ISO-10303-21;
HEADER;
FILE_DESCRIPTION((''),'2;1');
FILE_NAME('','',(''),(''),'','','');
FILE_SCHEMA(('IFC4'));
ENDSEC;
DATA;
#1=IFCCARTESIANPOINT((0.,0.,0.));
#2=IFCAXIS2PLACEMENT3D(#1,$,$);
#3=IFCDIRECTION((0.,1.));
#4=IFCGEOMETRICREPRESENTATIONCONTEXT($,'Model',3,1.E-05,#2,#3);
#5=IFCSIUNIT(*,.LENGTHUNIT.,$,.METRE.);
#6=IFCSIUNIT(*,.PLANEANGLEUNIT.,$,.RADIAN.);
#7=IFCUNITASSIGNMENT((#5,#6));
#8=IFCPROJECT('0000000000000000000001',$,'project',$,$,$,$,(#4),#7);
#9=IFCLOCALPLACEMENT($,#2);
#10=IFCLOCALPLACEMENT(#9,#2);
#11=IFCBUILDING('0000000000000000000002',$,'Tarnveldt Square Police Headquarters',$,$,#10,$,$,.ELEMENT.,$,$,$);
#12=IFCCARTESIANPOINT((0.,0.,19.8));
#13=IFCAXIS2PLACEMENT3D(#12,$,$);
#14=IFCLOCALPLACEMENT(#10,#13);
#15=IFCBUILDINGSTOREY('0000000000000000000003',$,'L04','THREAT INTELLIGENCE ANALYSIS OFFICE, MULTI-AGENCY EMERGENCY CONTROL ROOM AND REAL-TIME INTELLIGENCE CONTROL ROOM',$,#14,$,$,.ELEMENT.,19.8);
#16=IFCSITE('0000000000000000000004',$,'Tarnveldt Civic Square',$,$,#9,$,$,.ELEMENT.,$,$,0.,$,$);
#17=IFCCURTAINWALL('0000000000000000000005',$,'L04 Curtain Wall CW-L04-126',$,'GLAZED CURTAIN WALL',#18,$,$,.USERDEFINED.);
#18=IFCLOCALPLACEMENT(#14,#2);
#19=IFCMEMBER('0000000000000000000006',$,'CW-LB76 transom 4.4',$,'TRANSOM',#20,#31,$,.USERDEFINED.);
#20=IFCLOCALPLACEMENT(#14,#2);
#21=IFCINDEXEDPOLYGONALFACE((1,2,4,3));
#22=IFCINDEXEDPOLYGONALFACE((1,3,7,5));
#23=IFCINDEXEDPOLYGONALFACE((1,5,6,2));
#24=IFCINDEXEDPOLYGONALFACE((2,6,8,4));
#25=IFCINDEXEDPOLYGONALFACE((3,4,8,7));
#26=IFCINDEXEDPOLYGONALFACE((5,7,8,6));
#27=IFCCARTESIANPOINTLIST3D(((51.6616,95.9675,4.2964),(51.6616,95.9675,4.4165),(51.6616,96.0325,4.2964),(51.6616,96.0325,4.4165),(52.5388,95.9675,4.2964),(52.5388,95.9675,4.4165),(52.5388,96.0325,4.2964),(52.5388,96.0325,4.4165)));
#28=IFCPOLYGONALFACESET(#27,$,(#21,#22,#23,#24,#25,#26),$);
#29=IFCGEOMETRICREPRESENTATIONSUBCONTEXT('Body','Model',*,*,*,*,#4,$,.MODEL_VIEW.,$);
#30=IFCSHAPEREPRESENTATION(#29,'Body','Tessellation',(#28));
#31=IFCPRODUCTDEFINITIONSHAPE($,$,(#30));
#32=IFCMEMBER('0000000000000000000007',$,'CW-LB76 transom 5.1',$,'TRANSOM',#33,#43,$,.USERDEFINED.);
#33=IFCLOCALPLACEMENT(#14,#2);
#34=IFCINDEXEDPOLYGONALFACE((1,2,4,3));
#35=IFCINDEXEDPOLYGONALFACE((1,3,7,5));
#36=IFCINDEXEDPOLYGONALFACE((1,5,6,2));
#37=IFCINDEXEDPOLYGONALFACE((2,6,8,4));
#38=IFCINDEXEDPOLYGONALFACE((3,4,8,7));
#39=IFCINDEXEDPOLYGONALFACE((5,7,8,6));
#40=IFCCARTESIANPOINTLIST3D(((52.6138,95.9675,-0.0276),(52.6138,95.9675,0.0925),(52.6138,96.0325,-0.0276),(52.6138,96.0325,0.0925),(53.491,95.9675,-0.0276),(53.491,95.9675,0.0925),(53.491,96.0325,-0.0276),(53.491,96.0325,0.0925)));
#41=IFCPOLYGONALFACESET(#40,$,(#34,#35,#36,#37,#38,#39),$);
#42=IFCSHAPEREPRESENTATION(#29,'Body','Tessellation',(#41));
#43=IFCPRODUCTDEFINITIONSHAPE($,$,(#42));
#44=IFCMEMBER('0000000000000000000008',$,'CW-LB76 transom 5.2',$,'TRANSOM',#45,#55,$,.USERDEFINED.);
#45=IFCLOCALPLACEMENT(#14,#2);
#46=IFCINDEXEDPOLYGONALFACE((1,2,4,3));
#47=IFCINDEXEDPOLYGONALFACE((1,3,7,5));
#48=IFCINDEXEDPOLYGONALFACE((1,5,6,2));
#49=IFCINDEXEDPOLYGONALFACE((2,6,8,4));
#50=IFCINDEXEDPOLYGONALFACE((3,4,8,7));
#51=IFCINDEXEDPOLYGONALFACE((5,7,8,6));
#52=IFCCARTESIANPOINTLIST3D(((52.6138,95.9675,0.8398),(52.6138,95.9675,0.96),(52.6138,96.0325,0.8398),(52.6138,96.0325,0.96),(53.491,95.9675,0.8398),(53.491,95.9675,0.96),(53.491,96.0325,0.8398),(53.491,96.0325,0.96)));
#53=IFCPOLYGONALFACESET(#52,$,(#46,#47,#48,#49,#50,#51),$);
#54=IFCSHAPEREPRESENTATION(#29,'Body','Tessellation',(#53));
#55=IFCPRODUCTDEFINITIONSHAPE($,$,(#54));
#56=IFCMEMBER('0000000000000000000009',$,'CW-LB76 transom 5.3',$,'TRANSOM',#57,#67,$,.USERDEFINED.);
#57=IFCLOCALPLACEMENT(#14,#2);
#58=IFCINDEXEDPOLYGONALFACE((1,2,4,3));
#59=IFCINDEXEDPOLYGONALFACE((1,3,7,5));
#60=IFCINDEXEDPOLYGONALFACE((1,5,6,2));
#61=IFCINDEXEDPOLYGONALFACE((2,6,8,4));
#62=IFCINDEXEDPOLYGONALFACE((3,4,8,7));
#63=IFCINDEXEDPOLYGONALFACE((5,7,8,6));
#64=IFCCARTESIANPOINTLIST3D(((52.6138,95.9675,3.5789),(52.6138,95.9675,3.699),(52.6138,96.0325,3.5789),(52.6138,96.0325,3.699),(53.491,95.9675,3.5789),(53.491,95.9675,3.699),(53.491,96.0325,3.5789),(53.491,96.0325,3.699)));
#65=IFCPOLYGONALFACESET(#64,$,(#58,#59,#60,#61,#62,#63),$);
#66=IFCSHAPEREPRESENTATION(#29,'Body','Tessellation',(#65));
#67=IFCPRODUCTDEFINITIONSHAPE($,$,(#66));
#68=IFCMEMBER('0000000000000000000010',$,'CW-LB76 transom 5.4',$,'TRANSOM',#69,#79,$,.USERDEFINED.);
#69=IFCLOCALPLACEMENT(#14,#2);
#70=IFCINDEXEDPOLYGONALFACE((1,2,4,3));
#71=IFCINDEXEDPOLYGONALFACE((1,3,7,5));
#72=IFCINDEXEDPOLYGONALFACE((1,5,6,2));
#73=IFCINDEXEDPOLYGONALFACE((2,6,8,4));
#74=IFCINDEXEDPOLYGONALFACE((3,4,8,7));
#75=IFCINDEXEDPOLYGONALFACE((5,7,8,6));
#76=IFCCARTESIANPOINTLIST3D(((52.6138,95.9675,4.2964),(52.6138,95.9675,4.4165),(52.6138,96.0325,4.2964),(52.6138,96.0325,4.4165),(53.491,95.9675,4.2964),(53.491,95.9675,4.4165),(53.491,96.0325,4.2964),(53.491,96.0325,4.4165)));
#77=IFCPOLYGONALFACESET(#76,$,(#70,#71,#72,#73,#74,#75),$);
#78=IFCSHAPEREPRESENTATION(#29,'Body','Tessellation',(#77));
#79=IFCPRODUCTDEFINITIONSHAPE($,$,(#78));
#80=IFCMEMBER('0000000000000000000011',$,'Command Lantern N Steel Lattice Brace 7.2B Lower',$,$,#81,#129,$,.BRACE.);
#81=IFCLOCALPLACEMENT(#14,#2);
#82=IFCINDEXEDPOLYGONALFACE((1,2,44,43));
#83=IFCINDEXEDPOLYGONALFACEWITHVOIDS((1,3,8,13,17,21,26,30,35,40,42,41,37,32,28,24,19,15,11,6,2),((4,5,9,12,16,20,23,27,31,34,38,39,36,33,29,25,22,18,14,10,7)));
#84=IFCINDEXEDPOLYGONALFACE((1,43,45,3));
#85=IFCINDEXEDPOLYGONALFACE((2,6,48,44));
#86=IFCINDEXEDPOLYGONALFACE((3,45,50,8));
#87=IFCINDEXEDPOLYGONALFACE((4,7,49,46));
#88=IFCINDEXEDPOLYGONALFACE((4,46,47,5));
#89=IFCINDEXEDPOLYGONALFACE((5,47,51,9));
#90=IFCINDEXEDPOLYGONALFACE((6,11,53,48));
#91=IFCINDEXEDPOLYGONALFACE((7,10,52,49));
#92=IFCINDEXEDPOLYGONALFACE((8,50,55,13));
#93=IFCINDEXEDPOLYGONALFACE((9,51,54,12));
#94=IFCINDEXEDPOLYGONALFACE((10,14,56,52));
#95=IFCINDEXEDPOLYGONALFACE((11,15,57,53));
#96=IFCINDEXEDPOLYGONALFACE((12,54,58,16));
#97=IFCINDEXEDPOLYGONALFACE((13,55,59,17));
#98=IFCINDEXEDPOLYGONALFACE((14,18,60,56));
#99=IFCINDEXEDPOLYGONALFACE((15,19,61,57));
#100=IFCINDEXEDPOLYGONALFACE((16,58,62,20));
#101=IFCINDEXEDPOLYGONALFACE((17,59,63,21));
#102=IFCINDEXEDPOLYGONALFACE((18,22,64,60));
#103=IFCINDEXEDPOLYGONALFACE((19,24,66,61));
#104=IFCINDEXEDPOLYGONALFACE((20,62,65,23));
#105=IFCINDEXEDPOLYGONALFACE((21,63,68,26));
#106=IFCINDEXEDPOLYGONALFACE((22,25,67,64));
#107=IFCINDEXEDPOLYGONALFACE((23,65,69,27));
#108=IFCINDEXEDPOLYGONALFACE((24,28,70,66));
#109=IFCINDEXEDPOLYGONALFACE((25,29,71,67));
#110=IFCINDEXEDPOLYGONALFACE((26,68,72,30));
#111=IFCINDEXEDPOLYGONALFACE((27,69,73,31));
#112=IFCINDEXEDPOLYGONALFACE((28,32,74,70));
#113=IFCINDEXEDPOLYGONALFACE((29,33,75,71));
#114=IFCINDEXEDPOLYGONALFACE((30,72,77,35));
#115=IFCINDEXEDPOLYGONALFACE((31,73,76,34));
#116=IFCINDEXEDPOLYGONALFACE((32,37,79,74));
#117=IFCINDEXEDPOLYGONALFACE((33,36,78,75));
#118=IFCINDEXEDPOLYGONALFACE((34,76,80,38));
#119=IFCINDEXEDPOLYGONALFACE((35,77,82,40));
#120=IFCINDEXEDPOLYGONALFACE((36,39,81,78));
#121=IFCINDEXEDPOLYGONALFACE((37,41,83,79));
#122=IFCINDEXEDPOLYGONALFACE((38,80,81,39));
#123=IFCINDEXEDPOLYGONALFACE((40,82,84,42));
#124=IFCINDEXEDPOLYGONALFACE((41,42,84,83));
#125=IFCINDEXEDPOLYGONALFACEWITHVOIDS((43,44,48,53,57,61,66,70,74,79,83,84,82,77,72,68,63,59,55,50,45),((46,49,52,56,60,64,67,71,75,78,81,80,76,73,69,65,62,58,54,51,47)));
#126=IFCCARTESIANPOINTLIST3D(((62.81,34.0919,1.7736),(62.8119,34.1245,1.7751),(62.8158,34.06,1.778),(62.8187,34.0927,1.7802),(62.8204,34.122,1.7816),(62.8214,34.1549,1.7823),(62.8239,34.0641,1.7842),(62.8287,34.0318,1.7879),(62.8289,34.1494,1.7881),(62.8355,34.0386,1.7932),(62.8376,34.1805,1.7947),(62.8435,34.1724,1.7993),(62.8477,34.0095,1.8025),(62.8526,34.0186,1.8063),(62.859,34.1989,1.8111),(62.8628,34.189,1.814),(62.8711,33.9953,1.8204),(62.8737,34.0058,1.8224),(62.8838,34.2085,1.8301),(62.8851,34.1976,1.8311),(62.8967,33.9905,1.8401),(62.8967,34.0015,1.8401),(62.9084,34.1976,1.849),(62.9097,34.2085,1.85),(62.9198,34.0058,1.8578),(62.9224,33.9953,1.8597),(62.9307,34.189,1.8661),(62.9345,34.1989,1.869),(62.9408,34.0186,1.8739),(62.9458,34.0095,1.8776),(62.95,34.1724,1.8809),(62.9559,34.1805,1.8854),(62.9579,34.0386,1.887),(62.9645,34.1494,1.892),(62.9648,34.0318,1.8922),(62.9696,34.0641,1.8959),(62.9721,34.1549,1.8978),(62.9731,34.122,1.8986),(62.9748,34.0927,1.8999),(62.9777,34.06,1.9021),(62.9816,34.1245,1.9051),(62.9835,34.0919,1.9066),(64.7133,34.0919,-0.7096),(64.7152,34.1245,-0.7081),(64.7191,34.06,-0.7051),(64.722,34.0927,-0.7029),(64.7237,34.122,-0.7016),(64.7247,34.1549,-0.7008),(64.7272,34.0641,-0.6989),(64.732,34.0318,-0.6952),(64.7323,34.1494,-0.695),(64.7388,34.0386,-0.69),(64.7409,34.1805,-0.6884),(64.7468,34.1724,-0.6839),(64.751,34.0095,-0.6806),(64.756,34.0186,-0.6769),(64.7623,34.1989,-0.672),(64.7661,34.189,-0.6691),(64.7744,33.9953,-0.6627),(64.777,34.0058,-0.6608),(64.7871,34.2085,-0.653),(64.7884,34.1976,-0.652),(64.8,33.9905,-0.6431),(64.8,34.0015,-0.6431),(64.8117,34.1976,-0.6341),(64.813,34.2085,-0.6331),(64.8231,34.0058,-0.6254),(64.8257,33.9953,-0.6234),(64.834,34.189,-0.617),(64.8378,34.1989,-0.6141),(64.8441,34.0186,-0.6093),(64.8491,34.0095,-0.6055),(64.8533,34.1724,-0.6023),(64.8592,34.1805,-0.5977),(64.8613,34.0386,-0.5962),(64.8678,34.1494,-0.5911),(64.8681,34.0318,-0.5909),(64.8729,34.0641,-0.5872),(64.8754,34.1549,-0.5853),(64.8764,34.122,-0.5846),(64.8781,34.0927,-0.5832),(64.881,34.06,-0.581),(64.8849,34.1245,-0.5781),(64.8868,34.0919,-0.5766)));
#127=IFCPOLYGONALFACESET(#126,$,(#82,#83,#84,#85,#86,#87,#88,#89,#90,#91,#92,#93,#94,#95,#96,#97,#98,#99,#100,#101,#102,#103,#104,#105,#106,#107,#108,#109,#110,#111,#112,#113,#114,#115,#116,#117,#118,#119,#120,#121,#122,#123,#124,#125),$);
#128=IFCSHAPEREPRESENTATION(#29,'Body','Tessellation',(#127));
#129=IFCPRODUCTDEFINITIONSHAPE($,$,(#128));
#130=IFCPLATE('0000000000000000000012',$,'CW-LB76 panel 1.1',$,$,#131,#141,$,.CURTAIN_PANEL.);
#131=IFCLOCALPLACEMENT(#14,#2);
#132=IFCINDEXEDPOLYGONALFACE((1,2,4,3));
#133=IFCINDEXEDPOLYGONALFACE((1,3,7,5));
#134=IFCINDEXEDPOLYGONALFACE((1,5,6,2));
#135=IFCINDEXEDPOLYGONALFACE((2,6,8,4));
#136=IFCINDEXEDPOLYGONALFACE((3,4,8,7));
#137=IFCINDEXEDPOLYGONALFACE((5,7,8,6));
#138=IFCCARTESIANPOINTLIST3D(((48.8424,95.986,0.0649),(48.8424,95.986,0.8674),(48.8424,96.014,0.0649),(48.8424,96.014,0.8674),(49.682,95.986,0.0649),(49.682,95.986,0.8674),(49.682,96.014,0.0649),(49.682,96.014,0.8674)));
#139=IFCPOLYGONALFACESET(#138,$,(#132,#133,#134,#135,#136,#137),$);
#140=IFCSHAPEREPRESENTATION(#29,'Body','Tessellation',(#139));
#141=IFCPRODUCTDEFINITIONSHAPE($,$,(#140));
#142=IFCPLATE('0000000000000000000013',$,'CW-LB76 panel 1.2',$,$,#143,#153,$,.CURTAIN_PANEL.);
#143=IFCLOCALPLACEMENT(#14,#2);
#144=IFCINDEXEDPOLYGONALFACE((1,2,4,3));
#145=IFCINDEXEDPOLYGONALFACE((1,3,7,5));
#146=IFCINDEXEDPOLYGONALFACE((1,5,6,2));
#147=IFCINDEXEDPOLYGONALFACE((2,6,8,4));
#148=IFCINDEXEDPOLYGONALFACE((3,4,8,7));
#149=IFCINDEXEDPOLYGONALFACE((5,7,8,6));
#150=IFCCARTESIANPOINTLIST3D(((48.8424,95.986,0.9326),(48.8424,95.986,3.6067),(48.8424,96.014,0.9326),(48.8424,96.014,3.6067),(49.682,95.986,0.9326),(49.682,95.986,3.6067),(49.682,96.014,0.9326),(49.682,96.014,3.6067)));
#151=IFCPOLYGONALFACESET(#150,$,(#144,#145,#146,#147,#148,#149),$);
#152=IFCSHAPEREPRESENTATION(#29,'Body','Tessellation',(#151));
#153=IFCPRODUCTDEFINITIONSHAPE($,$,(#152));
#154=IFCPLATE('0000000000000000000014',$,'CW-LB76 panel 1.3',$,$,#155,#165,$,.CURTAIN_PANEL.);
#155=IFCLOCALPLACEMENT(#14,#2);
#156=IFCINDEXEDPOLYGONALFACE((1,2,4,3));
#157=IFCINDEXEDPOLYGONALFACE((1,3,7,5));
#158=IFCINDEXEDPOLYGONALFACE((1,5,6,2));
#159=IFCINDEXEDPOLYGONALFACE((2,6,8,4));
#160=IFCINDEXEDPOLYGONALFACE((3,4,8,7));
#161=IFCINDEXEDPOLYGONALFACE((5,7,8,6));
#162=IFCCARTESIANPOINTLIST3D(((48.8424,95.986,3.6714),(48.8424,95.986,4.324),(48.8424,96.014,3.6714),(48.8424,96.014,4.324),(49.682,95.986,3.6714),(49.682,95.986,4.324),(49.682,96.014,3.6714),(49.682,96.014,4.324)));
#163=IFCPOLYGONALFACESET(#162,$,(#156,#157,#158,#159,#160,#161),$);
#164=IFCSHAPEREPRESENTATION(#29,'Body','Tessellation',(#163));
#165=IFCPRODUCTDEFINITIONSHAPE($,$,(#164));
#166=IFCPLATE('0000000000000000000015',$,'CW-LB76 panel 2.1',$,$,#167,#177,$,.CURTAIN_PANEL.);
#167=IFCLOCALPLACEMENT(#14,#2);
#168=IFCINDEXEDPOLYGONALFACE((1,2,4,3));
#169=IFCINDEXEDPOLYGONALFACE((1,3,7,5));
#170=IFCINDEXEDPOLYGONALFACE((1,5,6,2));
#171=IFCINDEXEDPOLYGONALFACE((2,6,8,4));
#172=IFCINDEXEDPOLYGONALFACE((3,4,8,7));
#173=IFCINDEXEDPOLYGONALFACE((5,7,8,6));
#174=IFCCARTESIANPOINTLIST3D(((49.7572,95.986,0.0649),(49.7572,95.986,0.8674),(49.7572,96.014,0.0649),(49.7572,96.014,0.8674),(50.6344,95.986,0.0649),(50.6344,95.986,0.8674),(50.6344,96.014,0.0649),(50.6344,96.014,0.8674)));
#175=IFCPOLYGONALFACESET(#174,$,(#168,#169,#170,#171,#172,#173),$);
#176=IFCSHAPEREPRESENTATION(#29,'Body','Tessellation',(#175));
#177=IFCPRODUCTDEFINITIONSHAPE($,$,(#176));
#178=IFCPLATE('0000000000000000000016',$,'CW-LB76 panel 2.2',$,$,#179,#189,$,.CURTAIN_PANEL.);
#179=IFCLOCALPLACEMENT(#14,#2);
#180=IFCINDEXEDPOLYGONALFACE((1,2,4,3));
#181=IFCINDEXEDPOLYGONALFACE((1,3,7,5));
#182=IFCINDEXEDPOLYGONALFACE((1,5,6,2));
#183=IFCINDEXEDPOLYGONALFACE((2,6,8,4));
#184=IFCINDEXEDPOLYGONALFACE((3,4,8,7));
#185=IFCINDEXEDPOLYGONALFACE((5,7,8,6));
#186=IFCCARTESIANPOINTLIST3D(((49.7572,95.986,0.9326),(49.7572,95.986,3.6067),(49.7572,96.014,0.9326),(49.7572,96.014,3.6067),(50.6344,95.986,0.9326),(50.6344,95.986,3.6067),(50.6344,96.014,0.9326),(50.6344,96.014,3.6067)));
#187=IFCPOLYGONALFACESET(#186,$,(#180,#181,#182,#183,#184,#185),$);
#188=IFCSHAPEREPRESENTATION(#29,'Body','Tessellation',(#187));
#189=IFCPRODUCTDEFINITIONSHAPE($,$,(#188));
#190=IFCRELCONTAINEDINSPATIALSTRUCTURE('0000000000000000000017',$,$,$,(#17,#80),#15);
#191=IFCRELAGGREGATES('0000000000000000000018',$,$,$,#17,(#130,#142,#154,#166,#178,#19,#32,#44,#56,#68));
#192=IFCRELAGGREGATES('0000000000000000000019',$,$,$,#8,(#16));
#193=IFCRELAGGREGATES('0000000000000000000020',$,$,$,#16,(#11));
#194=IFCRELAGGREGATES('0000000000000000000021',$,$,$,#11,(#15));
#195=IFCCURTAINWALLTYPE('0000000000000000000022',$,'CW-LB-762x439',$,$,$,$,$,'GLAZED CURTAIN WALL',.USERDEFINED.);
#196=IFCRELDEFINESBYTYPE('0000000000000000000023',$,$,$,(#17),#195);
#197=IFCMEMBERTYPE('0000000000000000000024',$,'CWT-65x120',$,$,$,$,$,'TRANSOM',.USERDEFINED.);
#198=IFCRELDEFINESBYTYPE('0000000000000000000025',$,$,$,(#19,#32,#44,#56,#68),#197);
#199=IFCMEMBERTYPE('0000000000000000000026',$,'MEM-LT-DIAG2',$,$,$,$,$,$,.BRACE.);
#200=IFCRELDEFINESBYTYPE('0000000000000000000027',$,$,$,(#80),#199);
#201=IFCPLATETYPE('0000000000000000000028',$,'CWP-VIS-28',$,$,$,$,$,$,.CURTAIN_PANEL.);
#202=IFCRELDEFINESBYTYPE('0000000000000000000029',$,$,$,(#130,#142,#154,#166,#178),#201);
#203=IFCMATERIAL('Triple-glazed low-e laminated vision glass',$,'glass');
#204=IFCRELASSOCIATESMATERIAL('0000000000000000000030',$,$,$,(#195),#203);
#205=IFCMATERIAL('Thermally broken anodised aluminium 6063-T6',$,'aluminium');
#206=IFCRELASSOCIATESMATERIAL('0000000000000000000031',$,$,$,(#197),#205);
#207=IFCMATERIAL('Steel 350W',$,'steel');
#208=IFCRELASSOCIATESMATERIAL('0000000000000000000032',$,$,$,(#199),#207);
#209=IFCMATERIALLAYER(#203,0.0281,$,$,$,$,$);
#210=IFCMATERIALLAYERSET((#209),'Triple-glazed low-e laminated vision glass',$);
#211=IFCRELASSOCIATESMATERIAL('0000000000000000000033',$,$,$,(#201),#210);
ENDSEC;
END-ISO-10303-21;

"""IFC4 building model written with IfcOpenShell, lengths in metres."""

from ifc_helpers import new_model, si_unit, direction, frame, origin, origin_2d, place, context, subcontext, project, spatial, rectangle, hollow_circle, extrude, material, layer, layer_set, material_profile, profile_set, type_object, element, aggregate, save


model = new_model("IFC4")

# Units and contexts
model_context = context("Model", 3, precision=1e-05, world=origin(), true_north=direction((0.0, 1.0)))
body_context = subcontext(model_context, "Body", "Model", "MODEL_VIEW")
ifc_project = project(units=[si_unit("LENGTHUNIT", "METRE"), si_unit("PLANEANGLEUNIT", "RADIAN")], contexts=[model_context])

# Site, building, storey
site_placement = place(None, origin())
site = spatial("IfcSite", under=ifc_project, at=site_placement, Name="Tarnveldt Civic Square", CompositionType="ELEMENT", RefElevation=0.0)
building_placement = place(site_placement, origin())
building = spatial("IfcBuilding", under=site, at=building_placement, Name="Tarnveldt Square Police Headquarters", CompositionType="ELEMENT")
storey_placement = place(building_placement, frame((0.0, 0.0, 19.8)))
storey = spatial("IfcBuildingStorey", under=building, at=storey_placement, Name="L04", Description="THREAT INTELLIGENCE ANALYSIS OFFICE, MULTI-AGENCY EMERGENCY CONTROL ROOM AND REAL-TIME INTELLIGENCE CONTROL ROOM", CompositionType="ELEMENT", Elevation=19.8)

# Curtain wall, members
ifc_material_1 = material(Name="Triple-glazed low-e laminated vision glass", Category="glass")
curtain_wall_type = type_object("IfcCurtainWallType", Name="CW-LB-762x439", ElementType="GLAZED CURTAIN WALL", PredefinedType="USERDEFINED", material=ifc_material_1)
curtain_wall_placement = place(storey_placement, origin())
curtain_wall = element("IfcCurtainWall", 1, at=curtain_wall_placement, inside=storey, type_object=curtain_wall_type, Name="L04 Curtain Wall CW-L04-126", ObjectType="GLAZED CURTAIN WALL", PredefinedType="USERDEFINED")
ifc_material_2 = material(Name="Thermally broken anodised aluminium 6063-T6", Category="aluminium")
ifc_material_profile_1 = material_profile(ifc_material_2, rectangle(XDim=0.0649, YDim=0.1201, at=origin_2d()), Name="CW-T65x120")
ifc_profile_set_1 = profile_set([ifc_material_profile_1], Name="Thermally broken anodised aluminium 6063-T6")
member_type_1 = type_object("IfcMemberType", Name="CWT-65x120", ElementType="TRANSOM", PredefinedType="USERDEFINED", material=ifc_profile_set_1)
member_1_placement = place(storey_placement, frame((51.6616, 96.0, 4.3564), z_axis=(1.0, 0.0, 0.0), x_axis=(0.0, 1.0, 0.0)))
member_1 = element("IfcMember", 2, at=member_1_placement, type_object=member_type_1, Name="CW-LB76 transom 4.4", ObjectType="TRANSOM", PredefinedType="USERDEFINED", context=body_context, shape_type="SweptSolid", body=[
    extrude(rectangle(XDim=0.0649, YDim=0.1201, at=origin_2d()), origin(), (0.0, 0.0, 1.0), 0.8772),
])
member_2_placement = place(storey_placement, frame((52.6138, 96.0, 0.0325), z_axis=(1.0, 0.0, 0.0), x_axis=(0.0, 1.0, 0.0)))
member_2 = element("IfcMember", 3, at=member_2_placement, type_object=member_type_1, Name="CW-LB76 transom 5.1", ObjectType="TRANSOM", PredefinedType="USERDEFINED", context=body_context, shape_type="SweptSolid", body=[
    extrude(rectangle(XDim=0.0649, YDim=0.1201, at=origin_2d()), origin(), (0.0, 0.0, 1.0), 0.8772),
])
member_3_placement = place(storey_placement, frame((52.6138, 96.0, 0.8999), z_axis=(1.0, 0.0, 0.0), x_axis=(0.0, 1.0, 0.0)))
member_3 = element("IfcMember", 4, at=member_3_placement, type_object=member_type_1, Name="CW-LB76 transom 5.2", ObjectType="TRANSOM", PredefinedType="USERDEFINED", context=body_context, shape_type="SweptSolid", body=[
    extrude(rectangle(XDim=0.0649, YDim=0.1201, at=origin_2d()), origin(), (0.0, 0.0, 1.0), 0.8772),
])
member_4_placement = place(storey_placement, frame((52.6138, 96.0, 3.6389), z_axis=(1.0, 0.0, 0.0), x_axis=(0.0, 1.0, 0.0)))
member_4 = element("IfcMember", 5, at=member_4_placement, type_object=member_type_1, Name="CW-LB76 transom 5.3", ObjectType="TRANSOM", PredefinedType="USERDEFINED", context=body_context, shape_type="SweptSolid", body=[
    extrude(rectangle(XDim=0.0649, YDim=0.1201, at=origin_2d()), origin(), (0.0, 0.0, 1.0), 0.8772),
])
member_5_placement = place(storey_placement, frame((52.6138, 96.0, 4.3564), z_axis=(1.0, 0.0, 0.0), x_axis=(0.0, 1.0, 0.0)))
member_5 = element("IfcMember", 6, at=member_5_placement, type_object=member_type_1, Name="CW-LB76 transom 5.4", ObjectType="TRANSOM", PredefinedType="USERDEFINED", context=body_context, shape_type="SweptSolid", body=[
    extrude(rectangle(XDim=0.0649, YDim=0.1201, at=origin_2d()), origin(), (0.0, 0.0, 1.0), 0.8772),
])

# Member
ifc_material_3 = material(Name="Steel 350W", Category="steel")
ifc_material_profile_2 = material_profile(ifc_material_3, hollow_circle(Radius=0.1096, WallThickness=0.011, at=origin_2d()), Name="HSS219x11")
ifc_profile_set_2 = profile_set([ifc_material_profile_2], Name="Steel 350W")
member_type_2 = type_object("IfcMemberType", Name="MEM-LT-DIAG2", PredefinedType="BRACE", material=ifc_profile_set_2)
member_6_placement = place(storey_placement, frame((64.8, 34.1001, -0.6431), z_axis=(-0.608345, 0.0, 0.793673), x_axis=(0.0, -1.0, 0.0)))
element("IfcMember", 7, at=member_6_placement, inside=storey, type_object=member_type_2, Name="Command Lantern N Steel Lattice Brace 7.2B Lower", PredefinedType="BRACE", context=body_context, shape_type="SweptSolid", body=[
    extrude(hollow_circle(Radius=0.1096, WallThickness=0.011, at=origin_2d()), origin(), (0.0, 0.0, 1.0), 3.1287),
])

# Plates
ifc_layer_1 = layer(ifc_material_1, 0.0281)
ifc_layer_set_1 = layer_set([ifc_layer_1], Name="Triple-glazed low-e laminated vision glass")
plate_type_1 = type_object("IfcPlateType", Name="CWP-VIS-28", PredefinedType="CURTAIN_PANEL", material=ifc_layer_set_1)
plate_1_placement = place(storey_placement, frame((49.2622, 96.0, 0.0649), z_axis=(0.0, 0.0, 1.0), x_axis=(1.0, 0.0, 0.0)))
plate_1 = element("IfcPlate", 8, at=plate_1_placement, type_object=plate_type_1, Name="CW-LB76 panel 1.1", PredefinedType="CURTAIN_PANEL", context=body_context, shape_type="SweptSolid", body=[
    extrude(rectangle(XDim=0.8396, YDim=0.0281, at=origin_2d()), origin(), (0.0, 0.0, 1.0), 0.8025),
])
plate_2_placement = place(storey_placement, frame((49.2622, 96.0, 0.9326), z_axis=(0.0, 0.0, 1.0), x_axis=(1.0, 0.0, 0.0)))
plate_2 = element("IfcPlate", 9, at=plate_2_placement, type_object=plate_type_1, Name="CW-LB76 panel 1.2", PredefinedType="CURTAIN_PANEL", context=body_context, shape_type="SweptSolid", body=[
    extrude(rectangle(XDim=0.8396, YDim=0.0281, at=origin_2d()), origin(), (0.0, 0.0, 1.0), 2.6741),
])
plate_3_placement = place(storey_placement, frame((49.2622, 96.0, 3.6714), z_axis=(0.0, 0.0, 1.0), x_axis=(1.0, 0.0, 0.0)))
plate_3 = element("IfcPlate", 10, at=plate_3_placement, type_object=plate_type_1, Name="CW-LB76 panel 1.3", PredefinedType="CURTAIN_PANEL", context=body_context, shape_type="SweptSolid", body=[
    extrude(rectangle(XDim=0.8396, YDim=0.0281, at=origin_2d()), origin(), (0.0, 0.0, 1.0), 0.6526),
])
plate_4_placement = place(storey_placement, frame((50.1958, 96.0, 0.0649), z_axis=(0.0, 0.0, 1.0), x_axis=(1.0, 0.0, 0.0)))
plate_4 = element("IfcPlate", 11, at=plate_4_placement, type_object=plate_type_1, Name="CW-LB76 panel 2.1", PredefinedType="CURTAIN_PANEL", context=body_context, shape_type="SweptSolid", body=[
    extrude(rectangle(XDim=0.8772, YDim=0.0281, at=origin_2d()), origin(), (0.0, 0.0, 1.0), 0.8025),
])
plate_5_placement = place(storey_placement, frame((50.1958, 96.0, 0.9326), z_axis=(0.0, 0.0, 1.0), x_axis=(1.0, 0.0, 0.0)))
plate_5 = element("IfcPlate", 12, at=plate_5_placement, type_object=plate_type_1, Name="CW-LB76 panel 2.2", PredefinedType="CURTAIN_PANEL", context=body_context, shape_type="SweptSolid", body=[
    extrude(rectangle(XDim=0.8772, YDim=0.0281, at=origin_2d()), origin(), (0.0, 0.0, 1.0), 2.6741),
])
aggregate(curtain_wall, [plate_1, plate_2, plate_3, plate_4, plate_5, member_1, member_2, member_3, member_4, member_5])

save(model, "model.ifc")
